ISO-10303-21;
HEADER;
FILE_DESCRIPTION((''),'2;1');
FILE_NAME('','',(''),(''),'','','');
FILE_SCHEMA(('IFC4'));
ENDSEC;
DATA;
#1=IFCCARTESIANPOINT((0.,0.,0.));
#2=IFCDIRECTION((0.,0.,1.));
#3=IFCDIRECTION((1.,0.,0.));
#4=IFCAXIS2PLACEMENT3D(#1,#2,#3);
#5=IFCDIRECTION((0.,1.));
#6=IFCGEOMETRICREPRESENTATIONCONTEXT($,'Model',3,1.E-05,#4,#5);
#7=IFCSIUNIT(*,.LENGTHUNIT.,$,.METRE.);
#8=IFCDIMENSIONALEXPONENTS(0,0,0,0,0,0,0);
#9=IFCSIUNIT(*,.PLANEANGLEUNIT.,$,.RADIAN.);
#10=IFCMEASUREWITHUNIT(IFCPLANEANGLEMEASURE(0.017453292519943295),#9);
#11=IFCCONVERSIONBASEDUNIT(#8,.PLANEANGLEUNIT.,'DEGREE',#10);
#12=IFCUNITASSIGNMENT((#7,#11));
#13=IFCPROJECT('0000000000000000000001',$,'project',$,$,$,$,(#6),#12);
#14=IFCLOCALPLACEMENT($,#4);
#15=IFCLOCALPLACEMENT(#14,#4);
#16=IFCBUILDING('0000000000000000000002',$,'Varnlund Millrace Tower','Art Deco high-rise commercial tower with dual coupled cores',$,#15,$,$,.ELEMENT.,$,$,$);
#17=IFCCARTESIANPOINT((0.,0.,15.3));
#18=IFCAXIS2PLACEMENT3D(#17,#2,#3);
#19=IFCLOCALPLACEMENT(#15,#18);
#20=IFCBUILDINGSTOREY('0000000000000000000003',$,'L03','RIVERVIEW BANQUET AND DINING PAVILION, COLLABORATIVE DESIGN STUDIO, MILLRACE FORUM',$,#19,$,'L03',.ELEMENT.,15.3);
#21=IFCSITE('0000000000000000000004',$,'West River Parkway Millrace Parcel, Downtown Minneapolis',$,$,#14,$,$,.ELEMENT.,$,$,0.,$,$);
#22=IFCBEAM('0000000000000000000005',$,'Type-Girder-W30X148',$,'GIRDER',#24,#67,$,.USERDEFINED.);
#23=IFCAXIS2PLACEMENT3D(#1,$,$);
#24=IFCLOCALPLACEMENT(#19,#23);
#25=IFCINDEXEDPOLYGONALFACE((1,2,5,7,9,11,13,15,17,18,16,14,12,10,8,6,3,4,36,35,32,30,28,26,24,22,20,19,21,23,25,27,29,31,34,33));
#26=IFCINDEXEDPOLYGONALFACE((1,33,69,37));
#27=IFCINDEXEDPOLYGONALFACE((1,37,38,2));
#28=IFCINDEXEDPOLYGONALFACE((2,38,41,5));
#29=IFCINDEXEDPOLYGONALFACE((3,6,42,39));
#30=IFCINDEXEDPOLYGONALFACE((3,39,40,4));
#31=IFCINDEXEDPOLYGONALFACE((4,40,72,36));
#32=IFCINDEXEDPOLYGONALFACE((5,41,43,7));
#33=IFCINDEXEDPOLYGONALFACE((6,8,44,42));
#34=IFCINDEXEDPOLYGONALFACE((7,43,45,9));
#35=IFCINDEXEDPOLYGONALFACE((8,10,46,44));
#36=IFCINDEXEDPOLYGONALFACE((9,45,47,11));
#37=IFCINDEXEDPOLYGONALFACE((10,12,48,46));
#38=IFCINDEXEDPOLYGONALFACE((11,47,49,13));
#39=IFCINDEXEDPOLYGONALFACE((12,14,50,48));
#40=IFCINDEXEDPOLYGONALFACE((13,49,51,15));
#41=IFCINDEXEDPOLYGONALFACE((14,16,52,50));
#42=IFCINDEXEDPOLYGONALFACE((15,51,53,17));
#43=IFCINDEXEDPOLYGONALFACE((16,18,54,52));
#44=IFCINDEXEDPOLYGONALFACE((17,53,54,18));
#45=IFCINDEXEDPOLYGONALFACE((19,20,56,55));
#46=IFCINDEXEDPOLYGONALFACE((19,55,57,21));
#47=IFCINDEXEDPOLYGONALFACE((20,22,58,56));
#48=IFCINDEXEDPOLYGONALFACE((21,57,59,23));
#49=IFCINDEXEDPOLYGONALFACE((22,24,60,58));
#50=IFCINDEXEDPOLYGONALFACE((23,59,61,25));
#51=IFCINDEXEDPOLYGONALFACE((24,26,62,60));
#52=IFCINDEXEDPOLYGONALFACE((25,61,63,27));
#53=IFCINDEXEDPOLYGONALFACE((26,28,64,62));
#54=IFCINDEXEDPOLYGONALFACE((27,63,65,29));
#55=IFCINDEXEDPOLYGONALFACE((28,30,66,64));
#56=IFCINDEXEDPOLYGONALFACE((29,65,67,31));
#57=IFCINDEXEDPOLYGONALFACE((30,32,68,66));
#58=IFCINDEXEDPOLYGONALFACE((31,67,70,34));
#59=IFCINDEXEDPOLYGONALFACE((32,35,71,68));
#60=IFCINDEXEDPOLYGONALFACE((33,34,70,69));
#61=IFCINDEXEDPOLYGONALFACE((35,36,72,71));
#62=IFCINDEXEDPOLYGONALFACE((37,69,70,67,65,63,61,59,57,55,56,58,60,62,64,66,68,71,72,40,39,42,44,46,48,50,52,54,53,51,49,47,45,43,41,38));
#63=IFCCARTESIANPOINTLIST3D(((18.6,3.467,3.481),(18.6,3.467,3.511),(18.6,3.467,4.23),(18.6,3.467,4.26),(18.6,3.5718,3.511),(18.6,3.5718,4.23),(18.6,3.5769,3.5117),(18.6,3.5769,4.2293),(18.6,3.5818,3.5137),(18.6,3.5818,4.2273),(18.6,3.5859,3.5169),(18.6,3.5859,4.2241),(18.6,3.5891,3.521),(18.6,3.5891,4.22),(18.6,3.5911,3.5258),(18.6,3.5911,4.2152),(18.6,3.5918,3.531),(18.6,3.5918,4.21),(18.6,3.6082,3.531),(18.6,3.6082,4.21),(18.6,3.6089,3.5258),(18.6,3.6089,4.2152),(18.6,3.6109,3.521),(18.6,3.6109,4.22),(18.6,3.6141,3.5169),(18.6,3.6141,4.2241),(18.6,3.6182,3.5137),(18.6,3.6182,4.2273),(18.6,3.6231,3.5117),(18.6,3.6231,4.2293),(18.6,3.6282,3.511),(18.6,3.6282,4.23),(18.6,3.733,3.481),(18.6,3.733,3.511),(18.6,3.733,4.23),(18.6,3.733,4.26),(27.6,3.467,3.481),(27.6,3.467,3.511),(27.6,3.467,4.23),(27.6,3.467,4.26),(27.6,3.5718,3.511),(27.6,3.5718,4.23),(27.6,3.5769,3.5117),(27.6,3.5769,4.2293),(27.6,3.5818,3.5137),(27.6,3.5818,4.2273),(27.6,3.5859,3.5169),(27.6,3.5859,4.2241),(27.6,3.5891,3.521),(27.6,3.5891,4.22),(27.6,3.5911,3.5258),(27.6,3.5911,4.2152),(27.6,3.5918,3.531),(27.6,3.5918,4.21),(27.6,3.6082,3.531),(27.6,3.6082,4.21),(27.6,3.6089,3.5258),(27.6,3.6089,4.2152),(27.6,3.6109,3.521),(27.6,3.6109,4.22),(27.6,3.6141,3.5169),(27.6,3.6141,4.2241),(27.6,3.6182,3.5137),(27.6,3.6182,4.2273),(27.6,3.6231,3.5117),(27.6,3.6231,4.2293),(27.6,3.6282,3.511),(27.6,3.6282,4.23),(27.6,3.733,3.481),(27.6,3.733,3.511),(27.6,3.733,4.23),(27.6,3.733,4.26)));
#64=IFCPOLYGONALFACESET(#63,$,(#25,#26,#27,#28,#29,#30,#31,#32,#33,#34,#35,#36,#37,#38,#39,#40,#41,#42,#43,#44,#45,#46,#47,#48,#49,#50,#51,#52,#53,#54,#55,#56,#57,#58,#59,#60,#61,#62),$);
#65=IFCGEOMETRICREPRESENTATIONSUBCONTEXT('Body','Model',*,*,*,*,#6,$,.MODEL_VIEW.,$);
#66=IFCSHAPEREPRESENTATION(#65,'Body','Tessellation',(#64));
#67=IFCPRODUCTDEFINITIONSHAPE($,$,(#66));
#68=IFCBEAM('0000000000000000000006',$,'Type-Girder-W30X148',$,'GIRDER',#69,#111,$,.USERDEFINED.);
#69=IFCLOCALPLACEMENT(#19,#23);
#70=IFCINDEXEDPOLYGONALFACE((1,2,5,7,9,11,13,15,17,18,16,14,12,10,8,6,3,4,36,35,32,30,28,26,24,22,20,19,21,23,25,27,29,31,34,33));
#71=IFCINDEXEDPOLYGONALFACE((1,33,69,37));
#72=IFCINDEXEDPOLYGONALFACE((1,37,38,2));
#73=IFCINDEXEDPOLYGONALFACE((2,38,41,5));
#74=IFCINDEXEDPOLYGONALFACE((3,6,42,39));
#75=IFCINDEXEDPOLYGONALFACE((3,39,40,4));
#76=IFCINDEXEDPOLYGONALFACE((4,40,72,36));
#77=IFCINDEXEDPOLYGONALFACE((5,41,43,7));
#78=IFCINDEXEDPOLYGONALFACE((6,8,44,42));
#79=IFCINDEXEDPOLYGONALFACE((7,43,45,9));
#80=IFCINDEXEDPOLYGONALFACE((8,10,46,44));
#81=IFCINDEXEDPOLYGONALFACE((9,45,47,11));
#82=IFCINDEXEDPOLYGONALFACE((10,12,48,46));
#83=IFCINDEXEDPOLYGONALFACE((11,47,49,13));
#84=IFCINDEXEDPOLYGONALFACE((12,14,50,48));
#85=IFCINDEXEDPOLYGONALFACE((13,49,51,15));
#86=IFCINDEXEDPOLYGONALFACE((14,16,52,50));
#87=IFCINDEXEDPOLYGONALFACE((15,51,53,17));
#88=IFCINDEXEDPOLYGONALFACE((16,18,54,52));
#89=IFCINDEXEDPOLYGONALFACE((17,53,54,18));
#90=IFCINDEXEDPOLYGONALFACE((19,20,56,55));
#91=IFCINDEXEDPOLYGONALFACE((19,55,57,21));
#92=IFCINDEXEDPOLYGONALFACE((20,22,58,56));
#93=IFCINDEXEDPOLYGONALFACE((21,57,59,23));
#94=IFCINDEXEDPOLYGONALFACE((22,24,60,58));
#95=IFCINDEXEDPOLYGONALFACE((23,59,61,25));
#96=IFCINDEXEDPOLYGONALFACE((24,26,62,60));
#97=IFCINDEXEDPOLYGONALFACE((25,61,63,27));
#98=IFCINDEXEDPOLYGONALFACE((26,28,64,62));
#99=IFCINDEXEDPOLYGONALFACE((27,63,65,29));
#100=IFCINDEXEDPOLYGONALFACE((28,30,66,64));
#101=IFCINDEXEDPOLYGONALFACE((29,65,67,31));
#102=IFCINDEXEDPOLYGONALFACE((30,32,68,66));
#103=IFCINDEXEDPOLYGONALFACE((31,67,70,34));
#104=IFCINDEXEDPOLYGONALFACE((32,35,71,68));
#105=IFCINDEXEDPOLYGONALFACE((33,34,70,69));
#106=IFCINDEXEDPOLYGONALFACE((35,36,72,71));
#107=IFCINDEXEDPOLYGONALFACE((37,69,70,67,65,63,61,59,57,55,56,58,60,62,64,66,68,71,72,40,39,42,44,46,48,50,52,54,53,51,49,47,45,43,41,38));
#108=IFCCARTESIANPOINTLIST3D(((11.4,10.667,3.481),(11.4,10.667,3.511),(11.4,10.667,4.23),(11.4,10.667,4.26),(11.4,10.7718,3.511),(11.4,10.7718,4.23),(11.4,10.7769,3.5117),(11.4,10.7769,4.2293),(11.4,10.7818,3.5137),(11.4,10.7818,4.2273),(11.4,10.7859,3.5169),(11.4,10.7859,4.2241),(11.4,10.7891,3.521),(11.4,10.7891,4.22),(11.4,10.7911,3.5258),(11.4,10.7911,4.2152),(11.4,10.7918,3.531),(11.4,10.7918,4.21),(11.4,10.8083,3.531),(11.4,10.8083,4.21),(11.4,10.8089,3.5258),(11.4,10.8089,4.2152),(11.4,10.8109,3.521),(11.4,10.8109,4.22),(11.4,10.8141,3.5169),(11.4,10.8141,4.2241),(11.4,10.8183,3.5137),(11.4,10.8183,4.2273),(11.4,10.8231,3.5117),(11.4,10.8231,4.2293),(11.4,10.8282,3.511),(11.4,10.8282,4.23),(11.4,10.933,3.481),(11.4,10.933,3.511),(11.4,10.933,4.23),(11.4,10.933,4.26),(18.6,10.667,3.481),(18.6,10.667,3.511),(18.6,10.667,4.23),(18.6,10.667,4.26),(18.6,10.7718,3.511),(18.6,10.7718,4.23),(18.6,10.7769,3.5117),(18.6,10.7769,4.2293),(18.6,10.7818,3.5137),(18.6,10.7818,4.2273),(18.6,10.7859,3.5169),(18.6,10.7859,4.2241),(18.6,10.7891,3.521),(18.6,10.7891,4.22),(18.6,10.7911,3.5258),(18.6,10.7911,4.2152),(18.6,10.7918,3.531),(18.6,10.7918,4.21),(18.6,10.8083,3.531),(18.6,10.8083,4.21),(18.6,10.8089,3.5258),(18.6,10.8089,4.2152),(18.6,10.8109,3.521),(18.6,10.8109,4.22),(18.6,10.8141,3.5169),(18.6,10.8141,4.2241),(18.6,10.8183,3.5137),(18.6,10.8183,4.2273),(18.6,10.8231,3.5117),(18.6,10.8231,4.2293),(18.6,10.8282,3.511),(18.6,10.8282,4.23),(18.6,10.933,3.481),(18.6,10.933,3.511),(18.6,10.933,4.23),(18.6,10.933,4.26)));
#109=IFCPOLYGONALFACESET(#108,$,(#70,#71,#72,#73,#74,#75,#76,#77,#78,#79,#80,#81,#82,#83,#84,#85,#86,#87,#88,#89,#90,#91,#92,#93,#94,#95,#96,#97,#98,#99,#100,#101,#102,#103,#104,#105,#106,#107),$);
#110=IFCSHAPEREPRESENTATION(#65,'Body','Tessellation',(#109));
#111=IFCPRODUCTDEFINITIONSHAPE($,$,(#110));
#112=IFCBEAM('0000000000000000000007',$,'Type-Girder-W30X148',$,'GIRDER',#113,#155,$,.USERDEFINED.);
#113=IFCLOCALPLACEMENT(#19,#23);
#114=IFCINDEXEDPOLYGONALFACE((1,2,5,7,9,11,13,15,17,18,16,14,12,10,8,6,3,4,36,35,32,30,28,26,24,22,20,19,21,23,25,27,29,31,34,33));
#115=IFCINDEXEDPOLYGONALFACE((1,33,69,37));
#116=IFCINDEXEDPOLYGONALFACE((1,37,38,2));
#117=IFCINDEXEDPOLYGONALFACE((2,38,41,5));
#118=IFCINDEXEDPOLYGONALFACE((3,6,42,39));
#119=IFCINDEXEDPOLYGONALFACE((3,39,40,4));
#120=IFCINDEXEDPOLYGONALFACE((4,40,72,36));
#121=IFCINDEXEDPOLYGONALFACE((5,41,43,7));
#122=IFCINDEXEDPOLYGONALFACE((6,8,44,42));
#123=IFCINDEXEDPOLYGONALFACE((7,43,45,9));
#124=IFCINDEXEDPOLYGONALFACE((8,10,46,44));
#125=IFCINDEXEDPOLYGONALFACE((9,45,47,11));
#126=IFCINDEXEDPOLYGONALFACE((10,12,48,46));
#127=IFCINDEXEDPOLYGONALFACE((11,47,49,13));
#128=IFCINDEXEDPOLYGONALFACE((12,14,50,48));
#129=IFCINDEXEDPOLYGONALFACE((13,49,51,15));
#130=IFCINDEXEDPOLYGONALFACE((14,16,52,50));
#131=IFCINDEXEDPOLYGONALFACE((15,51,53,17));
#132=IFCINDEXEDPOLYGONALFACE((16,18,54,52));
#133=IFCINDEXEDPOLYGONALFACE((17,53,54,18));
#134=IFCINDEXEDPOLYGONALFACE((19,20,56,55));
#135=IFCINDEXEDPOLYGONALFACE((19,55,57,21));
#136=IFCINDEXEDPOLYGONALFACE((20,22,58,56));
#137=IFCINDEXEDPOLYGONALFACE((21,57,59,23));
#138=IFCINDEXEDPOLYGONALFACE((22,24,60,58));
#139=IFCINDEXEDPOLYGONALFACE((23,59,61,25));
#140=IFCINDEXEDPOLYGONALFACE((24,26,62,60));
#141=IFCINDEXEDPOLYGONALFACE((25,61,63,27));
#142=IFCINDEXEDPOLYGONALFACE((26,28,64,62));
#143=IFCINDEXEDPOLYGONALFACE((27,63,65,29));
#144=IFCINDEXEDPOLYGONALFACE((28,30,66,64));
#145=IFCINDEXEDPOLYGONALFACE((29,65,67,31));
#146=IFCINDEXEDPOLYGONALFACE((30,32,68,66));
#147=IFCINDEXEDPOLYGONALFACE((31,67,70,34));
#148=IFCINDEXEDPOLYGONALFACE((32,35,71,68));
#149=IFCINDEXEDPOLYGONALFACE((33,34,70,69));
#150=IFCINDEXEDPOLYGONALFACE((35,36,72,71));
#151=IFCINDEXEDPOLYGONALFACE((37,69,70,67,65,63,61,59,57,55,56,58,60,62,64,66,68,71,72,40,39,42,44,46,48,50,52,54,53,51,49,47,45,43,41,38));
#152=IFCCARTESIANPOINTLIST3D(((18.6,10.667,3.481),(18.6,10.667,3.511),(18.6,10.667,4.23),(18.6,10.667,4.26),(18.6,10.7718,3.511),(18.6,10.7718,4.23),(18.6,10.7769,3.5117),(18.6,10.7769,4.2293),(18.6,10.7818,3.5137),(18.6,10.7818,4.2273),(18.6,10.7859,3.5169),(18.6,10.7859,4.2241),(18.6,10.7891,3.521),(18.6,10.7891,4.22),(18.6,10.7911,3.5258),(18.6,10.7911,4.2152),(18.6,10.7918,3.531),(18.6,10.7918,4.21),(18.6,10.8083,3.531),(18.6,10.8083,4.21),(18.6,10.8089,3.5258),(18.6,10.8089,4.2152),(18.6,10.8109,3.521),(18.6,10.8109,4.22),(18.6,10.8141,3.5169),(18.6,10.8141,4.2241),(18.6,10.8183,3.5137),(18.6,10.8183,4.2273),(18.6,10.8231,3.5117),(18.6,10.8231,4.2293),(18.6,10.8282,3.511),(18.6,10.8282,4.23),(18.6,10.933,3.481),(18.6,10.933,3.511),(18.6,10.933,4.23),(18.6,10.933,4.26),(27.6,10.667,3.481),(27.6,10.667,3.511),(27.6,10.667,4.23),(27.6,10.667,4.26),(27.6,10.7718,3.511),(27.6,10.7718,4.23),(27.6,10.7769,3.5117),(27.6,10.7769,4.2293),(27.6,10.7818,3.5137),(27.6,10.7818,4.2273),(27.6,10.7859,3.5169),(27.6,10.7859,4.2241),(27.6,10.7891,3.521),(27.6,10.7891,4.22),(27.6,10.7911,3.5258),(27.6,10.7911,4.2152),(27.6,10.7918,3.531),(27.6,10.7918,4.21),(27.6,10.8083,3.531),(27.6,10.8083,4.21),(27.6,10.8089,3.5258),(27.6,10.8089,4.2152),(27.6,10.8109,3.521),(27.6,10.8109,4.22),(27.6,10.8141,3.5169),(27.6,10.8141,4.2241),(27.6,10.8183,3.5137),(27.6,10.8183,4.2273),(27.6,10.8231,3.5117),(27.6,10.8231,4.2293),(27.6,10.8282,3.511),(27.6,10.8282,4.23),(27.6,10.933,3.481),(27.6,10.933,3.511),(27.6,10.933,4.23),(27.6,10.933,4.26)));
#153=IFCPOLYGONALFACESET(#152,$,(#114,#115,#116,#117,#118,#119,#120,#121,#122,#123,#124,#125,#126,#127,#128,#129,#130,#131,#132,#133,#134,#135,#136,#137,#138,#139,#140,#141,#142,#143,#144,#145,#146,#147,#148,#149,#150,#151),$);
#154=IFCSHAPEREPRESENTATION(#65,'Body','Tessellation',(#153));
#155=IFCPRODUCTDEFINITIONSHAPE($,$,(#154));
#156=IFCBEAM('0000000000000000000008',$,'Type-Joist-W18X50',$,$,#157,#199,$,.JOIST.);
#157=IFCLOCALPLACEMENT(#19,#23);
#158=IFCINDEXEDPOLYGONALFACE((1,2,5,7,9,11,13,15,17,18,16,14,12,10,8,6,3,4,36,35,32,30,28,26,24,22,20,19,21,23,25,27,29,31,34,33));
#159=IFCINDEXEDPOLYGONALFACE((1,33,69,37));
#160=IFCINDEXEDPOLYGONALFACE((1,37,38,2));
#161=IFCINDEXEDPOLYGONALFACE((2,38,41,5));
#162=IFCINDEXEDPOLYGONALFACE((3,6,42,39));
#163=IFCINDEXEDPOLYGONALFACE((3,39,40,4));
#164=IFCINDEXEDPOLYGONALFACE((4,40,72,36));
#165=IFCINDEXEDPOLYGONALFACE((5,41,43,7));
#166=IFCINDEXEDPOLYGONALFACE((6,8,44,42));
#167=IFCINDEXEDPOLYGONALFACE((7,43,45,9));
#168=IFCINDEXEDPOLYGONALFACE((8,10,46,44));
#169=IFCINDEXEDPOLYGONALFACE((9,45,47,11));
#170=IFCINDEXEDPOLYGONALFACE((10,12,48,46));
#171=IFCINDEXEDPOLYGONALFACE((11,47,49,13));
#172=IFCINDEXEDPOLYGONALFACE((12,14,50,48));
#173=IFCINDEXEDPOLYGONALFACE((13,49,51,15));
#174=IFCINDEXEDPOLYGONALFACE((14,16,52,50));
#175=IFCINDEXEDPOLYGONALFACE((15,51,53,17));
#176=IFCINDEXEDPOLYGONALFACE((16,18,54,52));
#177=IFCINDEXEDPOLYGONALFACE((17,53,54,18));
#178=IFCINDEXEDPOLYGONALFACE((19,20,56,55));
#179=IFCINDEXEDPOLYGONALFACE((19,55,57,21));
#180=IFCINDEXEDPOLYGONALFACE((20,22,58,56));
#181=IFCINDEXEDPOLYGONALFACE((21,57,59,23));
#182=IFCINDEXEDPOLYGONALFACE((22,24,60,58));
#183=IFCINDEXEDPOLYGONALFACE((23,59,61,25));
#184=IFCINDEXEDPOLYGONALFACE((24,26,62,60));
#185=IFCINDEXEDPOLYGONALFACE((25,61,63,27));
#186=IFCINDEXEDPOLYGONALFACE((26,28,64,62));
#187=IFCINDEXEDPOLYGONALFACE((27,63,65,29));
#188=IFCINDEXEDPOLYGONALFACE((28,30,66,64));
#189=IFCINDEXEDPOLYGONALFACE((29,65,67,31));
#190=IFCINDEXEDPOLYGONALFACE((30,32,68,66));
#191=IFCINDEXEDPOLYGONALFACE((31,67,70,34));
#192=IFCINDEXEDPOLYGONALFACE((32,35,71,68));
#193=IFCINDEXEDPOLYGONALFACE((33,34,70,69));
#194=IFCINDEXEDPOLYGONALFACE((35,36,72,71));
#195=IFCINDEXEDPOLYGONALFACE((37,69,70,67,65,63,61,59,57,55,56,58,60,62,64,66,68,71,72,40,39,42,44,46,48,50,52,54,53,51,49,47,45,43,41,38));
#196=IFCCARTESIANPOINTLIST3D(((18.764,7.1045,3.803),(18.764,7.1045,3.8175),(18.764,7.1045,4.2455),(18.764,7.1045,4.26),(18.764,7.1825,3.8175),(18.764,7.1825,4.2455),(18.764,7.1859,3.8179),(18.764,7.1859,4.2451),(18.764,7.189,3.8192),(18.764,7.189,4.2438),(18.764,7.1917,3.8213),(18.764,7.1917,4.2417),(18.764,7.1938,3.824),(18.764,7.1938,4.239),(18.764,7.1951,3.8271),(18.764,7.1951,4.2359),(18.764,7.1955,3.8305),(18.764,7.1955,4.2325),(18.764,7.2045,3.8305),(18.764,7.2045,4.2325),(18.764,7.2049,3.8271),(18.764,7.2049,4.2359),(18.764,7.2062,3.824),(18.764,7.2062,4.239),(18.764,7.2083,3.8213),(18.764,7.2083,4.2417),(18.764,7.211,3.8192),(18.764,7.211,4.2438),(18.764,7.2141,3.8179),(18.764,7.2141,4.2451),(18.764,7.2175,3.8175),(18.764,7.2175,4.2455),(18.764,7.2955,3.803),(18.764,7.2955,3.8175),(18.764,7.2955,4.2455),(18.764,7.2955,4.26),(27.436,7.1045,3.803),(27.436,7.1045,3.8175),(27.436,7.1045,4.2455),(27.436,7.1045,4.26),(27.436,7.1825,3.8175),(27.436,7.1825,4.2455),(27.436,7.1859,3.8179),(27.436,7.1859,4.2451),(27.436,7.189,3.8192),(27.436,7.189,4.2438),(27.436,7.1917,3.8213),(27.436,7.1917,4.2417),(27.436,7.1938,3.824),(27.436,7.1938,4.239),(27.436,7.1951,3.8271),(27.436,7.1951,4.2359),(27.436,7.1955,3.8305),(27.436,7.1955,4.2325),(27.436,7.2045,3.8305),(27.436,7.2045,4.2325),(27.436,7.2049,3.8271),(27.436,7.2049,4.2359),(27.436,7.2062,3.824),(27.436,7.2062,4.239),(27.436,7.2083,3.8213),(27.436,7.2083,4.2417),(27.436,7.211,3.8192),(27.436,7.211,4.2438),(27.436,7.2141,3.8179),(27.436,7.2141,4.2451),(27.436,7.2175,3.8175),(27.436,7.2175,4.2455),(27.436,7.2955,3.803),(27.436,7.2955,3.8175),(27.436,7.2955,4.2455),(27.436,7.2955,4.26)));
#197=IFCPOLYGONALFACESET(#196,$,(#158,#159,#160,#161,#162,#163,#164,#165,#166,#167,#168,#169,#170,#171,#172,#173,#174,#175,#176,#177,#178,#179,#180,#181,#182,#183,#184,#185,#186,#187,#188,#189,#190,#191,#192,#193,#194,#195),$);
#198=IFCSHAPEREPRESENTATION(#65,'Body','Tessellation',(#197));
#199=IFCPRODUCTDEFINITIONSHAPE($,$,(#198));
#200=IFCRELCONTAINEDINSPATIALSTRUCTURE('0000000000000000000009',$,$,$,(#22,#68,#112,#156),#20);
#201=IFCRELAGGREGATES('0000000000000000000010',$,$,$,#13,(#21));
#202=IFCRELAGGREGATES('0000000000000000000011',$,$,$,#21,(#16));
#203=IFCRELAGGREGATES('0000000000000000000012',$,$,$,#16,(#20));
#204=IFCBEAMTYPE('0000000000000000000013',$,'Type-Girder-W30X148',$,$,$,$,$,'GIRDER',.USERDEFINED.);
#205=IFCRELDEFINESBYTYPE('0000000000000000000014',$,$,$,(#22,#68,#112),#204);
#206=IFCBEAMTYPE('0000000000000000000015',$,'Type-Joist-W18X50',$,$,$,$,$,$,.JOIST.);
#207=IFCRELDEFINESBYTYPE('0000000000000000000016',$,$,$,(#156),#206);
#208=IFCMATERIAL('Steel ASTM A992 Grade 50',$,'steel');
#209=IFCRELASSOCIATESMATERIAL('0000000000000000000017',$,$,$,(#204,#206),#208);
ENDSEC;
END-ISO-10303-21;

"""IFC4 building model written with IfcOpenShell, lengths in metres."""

from ifc_helpers import new_model, entity, si_unit, converted_unit, direction, frame, origin_with_axes, origin_2d_with_axis, place, context, subcontext, project, spatial, i_section, extrude, material, material_profile, profile_set, type_object, element, save


model = new_model("IFC4")

# Units and contexts
model_context = context("Model", 3, precision=1e-05, world=origin_with_axes(), true_north=direction((0.0, 1.0)))
body_context = subcontext(model_context, "Body", "Model", "MODEL_VIEW")
ifc_project = project(units=[si_unit("LENGTHUNIT", "METRE"), converted_unit("PLANEANGLEUNIT", "DEGREE", entity("IfcPlaneAngleMeasure", 0.017453292519943295), si_unit("PLANEANGLEUNIT", "RADIAN"), dimensions=[0, 0, 0, 0, 0, 0, 0])], contexts=[model_context])

# Site, building, storey
site_placement = place(None, origin_with_axes())
site = spatial("IfcSite", under=ifc_project, at=site_placement, Name="West River Parkway Millrace Parcel, Downtown Minneapolis", CompositionType="ELEMENT", RefElevation=0.0)
building_placement = place(site_placement, origin_with_axes())
building = spatial("IfcBuilding", under=site, at=building_placement, Name="Varnlund Millrace Tower", Description="Art Deco high-rise commercial tower with dual coupled cores", CompositionType="ELEMENT")
storey_placement = place(building_placement, frame((0.0, 0.0, 15.3), z_axis=(0.0, 0.0, 1.0), x_axis=(1.0, 0.0, 0.0)))
storey = spatial("IfcBuildingStorey", under=building, at=storey_placement, Name="L03", Description="RIVERVIEW BANQUET AND DINING PAVILION, COLLABORATIVE DESIGN STUDIO, MILLRACE FORUM", LongName="L03", CompositionType="ELEMENT", Elevation=15.3)

# Beams
ifc_material_1 = material(Name="Steel ASTM A992 Grade 50", Category="steel")
ifc_material_profile_1 = material_profile(ifc_material_1, i_section(OverallWidth=0.266, OverallDepth=0.779, WebThickness=0.0165, FlangeThickness=0.03, FilletRadius=0.02, at=origin_2d_with_axis()), Name="Steel ASTM A992 Grade 50")
ifc_profile_set_1 = profile_set([ifc_material_profile_1], Name="Steel ASTM A992 Grade 50")
beam_type_1 = type_object("IfcBeamType", Name="Type-Girder-W30X148", ElementType="GIRDER", PredefinedType="USERDEFINED", material=ifc_profile_set_1)
beam_1_placement = place(storey_placement, frame((18.6, 3.6, 3.8705), z_axis=(1.0, 0.0, 0.0), x_axis=(0.0, 1.0, 0.0)))
element("IfcBeam", 1, at=beam_1_placement, inside=storey, type_object=beam_type_1, Name="Type-Girder-W30X148", ObjectType="GIRDER", PredefinedType="USERDEFINED", context=body_context, shape_type="SweptSolid", body=[
    extrude(i_section(OverallWidth=0.266, OverallDepth=0.779, WebThickness=0.0165, FlangeThickness=0.03, FilletRadius=0.02, at=origin_2d_with_axis()), origin_with_axes(), (0.0, 0.0, 1.0), 9.0),
])
beam_2_placement = place(storey_placement, frame((11.4, 10.8, 3.8705), z_axis=(1.0, 0.0, 0.0), x_axis=(0.0, 1.0, 0.0)))
element("IfcBeam", 2, at=beam_2_placement, inside=storey, type_object=beam_type_1, Name="Type-Girder-W30X148", ObjectType="GIRDER", PredefinedType="USERDEFINED", context=body_context, shape_type="SweptSolid", body=[
    extrude(i_section(OverallWidth=0.266, OverallDepth=0.779, WebThickness=0.0165, FlangeThickness=0.03, FilletRadius=0.02, at=origin_2d_with_axis()), origin_with_axes(), (0.0, 0.0, 1.0), 7.2),
])
beam_3_placement = place(storey_placement, frame((18.6, 10.8, 3.8705), z_axis=(1.0, 0.0, 0.0), x_axis=(0.0, 1.0, 0.0)))
element("IfcBeam", 3, at=beam_3_placement, inside=storey, type_object=beam_type_1, Name="Type-Girder-W30X148", ObjectType="GIRDER", PredefinedType="USERDEFINED", context=body_context, shape_type="SweptSolid", body=[
    extrude(i_section(OverallWidth=0.266, OverallDepth=0.779, WebThickness=0.0165, FlangeThickness=0.03, FilletRadius=0.02, at=origin_2d_with_axis()), origin_with_axes(), (0.0, 0.0, 1.0), 9.0),
])
ifc_material_profile_2 = material_profile(ifc_material_1, i_section(OverallWidth=0.191, OverallDepth=0.457, WebThickness=0.009, FlangeThickness=0.0145, FilletRadius=0.013, at=origin_2d_with_axis()), Name="Steel ASTM A992 Grade 50")
ifc_profile_set_2 = profile_set([ifc_material_profile_2], Name="Steel ASTM A992 Grade 50")
beam_type_2 = type_object("IfcBeamType", Name="Type-Joist-W18X50", PredefinedType="JOIST", material=ifc_profile_set_2)
for number, where, z_axis, x_axis, name in (
    (4, (18.764, 7.2, 4.0315), (1.0, 0.0, 0.0), (0.0, 1.0, 0.0), "Type-Joist-W18X50"),
):
    element("IfcBeam", number, at=place(storey_placement, frame(where, z_axis=z_axis, x_axis=x_axis)), inside=storey, type_object=beam_type_2, Name=name, PredefinedType="JOIST", context=body_context, shape_type="SweptSolid", body=[
        extrude(i_section(OverallWidth=0.191, OverallDepth=0.457, WebThickness=0.009, FlangeThickness=0.0145, FilletRadius=0.013, at=origin_2d_with_axis()), origin_with_axes(), (0.0, 0.0, 1.0), 8.672),
    ])

save(model, "model.ifc")
